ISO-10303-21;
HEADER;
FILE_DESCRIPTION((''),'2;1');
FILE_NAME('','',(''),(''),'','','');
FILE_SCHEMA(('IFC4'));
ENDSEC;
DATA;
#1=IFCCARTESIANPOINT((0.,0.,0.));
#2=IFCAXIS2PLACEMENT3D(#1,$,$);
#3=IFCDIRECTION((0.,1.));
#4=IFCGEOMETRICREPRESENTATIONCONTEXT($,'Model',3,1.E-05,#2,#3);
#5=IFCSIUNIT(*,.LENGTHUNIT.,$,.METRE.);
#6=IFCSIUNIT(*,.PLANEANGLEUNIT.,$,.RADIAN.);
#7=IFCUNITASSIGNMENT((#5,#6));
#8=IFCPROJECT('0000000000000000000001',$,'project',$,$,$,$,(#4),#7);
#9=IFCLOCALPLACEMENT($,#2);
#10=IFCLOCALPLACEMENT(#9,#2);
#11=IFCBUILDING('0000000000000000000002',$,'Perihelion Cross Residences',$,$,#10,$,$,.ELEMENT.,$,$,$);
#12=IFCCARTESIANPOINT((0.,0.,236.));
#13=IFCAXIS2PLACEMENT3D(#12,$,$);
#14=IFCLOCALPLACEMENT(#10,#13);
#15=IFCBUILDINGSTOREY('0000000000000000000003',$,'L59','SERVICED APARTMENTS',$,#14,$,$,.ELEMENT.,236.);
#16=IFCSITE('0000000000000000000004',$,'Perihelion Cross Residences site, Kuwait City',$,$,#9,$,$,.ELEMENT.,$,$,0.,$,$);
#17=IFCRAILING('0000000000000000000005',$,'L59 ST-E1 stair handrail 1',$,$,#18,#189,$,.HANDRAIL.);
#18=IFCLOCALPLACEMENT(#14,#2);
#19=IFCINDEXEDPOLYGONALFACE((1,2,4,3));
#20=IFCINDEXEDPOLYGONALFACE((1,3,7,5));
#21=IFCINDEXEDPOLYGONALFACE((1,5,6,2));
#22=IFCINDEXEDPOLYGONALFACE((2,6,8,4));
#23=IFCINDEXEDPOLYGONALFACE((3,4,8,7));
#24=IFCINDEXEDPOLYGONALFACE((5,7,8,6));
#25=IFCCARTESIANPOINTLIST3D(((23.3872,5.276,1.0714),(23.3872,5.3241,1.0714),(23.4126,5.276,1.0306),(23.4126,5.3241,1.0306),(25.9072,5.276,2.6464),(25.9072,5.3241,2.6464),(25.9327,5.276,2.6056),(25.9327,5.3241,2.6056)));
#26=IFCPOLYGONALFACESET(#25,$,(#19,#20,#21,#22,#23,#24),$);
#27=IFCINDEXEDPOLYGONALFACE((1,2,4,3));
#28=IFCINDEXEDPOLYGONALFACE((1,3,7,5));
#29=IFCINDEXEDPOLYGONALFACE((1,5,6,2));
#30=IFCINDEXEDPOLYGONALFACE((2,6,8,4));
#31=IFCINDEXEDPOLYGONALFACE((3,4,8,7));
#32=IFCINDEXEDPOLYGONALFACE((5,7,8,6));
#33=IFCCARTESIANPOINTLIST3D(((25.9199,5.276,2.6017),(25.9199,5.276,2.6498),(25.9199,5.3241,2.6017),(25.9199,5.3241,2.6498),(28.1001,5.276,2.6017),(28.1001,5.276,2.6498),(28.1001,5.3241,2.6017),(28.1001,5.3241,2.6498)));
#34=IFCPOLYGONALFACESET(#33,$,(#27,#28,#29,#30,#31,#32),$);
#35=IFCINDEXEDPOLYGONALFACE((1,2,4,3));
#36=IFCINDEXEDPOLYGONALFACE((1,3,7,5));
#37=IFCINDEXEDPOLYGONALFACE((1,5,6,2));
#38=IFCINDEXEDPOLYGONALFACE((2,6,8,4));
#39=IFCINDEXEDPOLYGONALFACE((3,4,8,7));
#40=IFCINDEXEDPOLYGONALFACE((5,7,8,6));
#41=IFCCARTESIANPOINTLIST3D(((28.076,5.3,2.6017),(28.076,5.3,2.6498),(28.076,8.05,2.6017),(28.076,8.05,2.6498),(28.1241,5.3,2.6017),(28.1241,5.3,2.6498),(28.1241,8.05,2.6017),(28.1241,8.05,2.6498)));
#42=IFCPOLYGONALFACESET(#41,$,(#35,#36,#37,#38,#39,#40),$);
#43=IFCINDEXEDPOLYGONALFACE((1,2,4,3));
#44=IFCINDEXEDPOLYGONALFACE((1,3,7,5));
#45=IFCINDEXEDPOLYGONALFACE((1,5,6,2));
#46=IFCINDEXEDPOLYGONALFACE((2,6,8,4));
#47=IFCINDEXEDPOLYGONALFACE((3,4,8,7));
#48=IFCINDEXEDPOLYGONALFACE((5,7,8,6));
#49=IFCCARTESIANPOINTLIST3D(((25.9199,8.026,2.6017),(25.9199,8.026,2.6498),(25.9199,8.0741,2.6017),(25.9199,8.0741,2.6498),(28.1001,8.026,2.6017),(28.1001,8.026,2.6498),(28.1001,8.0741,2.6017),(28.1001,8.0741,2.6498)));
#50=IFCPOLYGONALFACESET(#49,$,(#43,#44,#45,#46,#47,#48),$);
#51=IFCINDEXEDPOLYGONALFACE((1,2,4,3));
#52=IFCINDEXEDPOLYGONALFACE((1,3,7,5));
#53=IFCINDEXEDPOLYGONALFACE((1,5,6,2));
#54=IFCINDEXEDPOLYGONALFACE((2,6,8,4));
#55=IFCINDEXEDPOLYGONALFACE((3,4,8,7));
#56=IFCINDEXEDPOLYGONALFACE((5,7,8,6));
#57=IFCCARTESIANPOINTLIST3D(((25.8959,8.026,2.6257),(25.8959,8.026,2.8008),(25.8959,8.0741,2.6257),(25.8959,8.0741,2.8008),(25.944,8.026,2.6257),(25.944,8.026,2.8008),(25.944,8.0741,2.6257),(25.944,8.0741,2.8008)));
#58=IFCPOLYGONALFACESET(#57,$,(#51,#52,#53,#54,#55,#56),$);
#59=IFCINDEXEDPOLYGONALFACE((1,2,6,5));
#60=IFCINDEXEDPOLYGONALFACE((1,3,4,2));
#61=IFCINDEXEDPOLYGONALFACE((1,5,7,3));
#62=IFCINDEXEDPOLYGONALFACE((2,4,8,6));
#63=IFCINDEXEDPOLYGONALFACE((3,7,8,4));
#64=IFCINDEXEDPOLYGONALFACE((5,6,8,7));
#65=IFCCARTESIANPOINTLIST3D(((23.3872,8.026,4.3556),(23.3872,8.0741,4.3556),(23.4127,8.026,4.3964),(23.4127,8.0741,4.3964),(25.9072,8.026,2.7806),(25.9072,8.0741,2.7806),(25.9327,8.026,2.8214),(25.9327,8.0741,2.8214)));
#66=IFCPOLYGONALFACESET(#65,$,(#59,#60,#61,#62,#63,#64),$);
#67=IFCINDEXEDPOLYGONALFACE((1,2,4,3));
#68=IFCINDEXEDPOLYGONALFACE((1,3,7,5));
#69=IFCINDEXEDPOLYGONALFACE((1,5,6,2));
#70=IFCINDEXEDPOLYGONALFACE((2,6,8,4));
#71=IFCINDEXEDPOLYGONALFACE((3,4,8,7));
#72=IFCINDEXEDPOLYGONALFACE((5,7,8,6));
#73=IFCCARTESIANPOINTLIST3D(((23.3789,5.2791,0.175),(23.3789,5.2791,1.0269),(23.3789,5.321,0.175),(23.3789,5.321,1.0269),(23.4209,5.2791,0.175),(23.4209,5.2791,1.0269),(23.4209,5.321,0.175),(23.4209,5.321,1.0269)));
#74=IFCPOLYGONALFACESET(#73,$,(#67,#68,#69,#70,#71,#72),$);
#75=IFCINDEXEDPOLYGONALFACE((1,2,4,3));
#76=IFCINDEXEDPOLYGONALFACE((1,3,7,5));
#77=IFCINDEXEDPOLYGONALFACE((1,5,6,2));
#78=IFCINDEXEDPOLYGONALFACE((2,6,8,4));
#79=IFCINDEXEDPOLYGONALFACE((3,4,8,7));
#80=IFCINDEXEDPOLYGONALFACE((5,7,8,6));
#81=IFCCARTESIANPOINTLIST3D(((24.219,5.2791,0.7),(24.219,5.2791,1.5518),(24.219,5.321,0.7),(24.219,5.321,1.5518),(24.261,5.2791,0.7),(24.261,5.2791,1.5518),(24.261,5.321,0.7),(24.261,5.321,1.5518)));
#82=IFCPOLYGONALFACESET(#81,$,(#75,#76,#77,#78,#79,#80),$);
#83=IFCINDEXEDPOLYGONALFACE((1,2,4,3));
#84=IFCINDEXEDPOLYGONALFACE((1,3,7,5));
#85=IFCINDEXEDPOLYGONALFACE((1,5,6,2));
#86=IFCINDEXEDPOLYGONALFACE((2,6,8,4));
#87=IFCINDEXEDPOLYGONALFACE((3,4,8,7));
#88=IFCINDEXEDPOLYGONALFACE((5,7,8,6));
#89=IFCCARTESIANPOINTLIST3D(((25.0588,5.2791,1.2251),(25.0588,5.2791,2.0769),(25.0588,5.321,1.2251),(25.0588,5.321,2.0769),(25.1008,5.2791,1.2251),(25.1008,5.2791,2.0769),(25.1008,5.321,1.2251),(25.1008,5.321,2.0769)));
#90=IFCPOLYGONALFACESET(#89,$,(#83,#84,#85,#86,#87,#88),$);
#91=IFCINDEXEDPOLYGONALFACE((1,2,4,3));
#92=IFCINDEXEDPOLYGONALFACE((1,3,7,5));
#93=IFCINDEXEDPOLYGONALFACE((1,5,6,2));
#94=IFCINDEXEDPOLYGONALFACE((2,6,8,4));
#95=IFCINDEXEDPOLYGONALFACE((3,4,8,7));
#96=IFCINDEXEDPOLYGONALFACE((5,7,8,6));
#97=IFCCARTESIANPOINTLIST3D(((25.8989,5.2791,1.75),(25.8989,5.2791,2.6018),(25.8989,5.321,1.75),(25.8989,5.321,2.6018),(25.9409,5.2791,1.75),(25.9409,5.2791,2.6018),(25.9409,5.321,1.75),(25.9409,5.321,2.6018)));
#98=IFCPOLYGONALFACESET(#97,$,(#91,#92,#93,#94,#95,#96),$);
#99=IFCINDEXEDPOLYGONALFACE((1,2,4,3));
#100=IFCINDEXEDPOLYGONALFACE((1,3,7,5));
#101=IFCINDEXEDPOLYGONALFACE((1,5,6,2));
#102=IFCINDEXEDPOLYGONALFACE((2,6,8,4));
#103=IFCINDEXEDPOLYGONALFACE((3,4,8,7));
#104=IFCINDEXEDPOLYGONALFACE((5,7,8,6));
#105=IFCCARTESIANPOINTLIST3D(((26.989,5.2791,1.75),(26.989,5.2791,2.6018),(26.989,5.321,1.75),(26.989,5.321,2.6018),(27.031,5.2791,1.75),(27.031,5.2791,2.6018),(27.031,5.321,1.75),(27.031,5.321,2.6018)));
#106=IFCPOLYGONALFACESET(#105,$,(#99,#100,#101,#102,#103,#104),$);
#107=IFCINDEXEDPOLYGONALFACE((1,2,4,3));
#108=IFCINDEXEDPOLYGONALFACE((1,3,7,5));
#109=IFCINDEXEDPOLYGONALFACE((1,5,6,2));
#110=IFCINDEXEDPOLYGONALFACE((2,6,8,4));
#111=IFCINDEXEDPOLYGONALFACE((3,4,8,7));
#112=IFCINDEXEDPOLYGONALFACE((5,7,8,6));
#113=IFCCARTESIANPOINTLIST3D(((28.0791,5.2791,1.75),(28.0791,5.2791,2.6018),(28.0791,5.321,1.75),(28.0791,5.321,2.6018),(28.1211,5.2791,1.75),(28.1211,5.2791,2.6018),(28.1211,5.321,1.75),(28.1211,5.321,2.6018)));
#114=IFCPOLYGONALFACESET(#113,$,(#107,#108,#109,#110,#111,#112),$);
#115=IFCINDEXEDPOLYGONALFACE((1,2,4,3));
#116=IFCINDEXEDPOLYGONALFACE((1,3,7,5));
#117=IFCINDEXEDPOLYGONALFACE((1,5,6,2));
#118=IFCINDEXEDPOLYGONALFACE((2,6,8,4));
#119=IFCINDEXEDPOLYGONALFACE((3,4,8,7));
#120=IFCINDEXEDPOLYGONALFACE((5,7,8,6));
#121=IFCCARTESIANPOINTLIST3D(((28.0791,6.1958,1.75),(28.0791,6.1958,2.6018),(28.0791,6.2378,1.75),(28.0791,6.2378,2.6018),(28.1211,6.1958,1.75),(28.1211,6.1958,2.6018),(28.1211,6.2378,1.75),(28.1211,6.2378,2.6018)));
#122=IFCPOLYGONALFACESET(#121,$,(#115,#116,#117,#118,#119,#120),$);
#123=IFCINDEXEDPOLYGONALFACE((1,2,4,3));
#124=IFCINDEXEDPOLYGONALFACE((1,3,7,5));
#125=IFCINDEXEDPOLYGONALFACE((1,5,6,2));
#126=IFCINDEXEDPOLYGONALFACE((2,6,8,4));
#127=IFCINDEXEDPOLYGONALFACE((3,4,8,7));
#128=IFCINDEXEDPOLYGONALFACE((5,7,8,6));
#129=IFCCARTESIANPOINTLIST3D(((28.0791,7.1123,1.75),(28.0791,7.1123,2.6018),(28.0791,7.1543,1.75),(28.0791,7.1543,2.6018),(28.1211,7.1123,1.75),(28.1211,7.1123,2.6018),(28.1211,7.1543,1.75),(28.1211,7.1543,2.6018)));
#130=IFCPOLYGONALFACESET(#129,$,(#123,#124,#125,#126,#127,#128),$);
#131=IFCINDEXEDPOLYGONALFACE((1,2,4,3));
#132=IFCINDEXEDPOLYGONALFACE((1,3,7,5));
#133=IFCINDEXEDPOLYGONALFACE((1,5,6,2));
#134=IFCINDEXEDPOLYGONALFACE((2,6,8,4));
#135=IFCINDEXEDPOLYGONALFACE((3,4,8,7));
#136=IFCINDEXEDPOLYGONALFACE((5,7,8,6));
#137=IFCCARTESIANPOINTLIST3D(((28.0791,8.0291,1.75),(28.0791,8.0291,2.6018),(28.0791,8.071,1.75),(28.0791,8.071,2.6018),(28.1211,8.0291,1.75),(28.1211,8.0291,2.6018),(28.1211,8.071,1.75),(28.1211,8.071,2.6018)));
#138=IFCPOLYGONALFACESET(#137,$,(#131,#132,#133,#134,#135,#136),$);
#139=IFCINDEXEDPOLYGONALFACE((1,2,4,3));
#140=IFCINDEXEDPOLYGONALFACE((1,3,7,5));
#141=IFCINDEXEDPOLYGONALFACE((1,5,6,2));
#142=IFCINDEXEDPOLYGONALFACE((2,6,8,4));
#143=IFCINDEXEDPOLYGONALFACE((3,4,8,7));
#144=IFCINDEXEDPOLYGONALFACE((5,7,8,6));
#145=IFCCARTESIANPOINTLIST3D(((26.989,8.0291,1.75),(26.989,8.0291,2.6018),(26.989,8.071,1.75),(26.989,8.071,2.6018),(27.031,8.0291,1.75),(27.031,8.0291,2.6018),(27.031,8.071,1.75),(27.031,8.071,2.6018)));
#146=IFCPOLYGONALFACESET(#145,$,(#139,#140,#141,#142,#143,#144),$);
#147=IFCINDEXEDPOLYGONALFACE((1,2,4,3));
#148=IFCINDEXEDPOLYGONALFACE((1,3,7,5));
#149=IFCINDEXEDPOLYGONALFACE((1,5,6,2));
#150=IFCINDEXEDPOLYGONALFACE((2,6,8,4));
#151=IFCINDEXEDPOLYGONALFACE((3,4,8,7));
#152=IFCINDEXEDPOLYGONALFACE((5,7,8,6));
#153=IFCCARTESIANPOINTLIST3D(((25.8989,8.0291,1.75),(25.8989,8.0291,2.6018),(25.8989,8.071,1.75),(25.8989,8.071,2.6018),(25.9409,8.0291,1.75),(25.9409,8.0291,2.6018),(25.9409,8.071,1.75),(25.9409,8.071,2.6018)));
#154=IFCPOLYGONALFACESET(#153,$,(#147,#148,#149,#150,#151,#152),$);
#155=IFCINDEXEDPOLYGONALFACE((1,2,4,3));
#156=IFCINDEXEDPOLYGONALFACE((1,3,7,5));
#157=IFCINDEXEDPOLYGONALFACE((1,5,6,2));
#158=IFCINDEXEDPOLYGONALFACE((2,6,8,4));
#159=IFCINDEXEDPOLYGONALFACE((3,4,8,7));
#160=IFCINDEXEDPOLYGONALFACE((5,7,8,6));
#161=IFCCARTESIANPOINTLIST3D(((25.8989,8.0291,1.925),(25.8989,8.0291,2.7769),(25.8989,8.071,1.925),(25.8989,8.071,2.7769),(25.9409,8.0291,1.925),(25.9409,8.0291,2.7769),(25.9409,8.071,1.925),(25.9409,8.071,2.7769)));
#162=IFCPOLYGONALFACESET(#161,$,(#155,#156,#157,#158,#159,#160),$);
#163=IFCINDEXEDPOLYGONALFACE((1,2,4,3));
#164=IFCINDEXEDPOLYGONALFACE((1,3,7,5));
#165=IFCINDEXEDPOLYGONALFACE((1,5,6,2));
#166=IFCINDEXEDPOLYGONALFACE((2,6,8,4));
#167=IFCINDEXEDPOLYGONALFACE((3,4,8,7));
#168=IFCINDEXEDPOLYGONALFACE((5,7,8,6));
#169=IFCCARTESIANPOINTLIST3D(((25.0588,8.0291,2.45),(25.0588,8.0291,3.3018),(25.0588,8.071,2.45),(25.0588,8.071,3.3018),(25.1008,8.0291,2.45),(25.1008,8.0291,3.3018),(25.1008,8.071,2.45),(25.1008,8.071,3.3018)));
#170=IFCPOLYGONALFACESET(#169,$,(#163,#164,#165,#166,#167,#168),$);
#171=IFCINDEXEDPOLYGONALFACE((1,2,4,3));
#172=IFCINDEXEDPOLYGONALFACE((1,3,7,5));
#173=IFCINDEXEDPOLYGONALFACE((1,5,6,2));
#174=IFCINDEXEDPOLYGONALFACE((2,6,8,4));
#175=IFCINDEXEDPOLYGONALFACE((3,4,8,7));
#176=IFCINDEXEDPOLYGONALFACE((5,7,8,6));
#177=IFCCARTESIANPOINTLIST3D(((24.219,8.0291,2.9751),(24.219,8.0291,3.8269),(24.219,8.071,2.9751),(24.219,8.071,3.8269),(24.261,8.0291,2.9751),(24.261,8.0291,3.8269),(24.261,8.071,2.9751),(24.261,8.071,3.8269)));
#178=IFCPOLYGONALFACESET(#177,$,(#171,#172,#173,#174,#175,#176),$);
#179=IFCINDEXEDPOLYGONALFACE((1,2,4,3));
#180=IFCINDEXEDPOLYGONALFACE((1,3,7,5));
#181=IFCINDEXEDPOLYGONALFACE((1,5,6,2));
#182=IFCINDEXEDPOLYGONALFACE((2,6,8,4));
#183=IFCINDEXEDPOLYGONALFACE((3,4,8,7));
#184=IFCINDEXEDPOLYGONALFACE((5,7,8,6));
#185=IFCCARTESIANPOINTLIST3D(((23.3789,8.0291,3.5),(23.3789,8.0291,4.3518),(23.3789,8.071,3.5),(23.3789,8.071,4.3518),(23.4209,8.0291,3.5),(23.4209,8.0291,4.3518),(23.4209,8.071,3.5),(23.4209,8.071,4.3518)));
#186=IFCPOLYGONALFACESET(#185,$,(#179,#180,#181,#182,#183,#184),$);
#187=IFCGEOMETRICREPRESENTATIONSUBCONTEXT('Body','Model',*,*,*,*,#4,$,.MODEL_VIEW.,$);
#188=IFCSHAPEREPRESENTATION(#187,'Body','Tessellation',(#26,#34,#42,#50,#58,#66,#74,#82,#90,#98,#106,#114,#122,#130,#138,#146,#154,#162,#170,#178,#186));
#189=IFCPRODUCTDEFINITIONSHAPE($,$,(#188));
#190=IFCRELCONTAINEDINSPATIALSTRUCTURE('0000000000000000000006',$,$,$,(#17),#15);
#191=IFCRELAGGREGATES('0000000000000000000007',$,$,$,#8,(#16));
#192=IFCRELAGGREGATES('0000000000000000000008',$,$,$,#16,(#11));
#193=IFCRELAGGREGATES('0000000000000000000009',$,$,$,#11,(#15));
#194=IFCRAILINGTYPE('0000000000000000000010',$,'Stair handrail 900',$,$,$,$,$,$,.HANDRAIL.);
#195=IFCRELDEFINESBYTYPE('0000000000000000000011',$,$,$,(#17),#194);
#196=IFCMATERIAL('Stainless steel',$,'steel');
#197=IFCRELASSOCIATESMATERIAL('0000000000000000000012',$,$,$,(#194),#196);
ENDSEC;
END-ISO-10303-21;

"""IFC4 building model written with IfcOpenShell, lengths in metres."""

from ifc_helpers import new_model, si_unit, direction, frame, origin, origin_2d, place, context, subcontext, project, spatial, rectangle, extrude, material, type_object, element, save


model = new_model("IFC4")

# Units and contexts
model_context = context("Model", 3, precision=1e-05, world=origin(), true_north=direction((0.0, 1.0)))
body_context = subcontext(model_context, "Body", "Model", "MODEL_VIEW")
ifc_project = project(units=[si_unit("LENGTHUNIT", "METRE"), si_unit("PLANEANGLEUNIT", "RADIAN")], contexts=[model_context])

# Site, building, storey
site_placement = place(None, origin())
site = spatial("IfcSite", under=ifc_project, at=site_placement, Name="Perihelion Cross Residences site, Kuwait City", CompositionType="ELEMENT", RefElevation=0.0)
building_placement = place(site_placement, origin())
building = spatial("IfcBuilding", under=site, at=building_placement, Name="Perihelion Cross Residences", CompositionType="ELEMENT")
storey_placement = place(building_placement, frame((0.0, 0.0, 236.0)))
storey = spatial("IfcBuildingStorey", under=building, at=storey_placement, Name="L59", Description="SERVICED APARTMENTS", CompositionType="ELEMENT", Elevation=236.0)

# Railing
ifc_material_1 = material(Name="Stainless steel", Category="steel")
railing_type_1 = type_object("IfcRailingType", Name="Stair handrail 900", PredefinedType="HANDRAIL", material=ifc_material_1)
railing_1_placement = place(storey_placement, frame((23.3999, 5.3, 0.175)))
element("IfcRailing", 1, at=railing_1_placement, inside=storey, type_object=railing_type_1, Name="L59 ST-E1 stair handrail 1", PredefinedType="HANDRAIL", context=body_context, shape_type="SweptSolid", body=[
    extrude(rectangle(XDim=0.0481, YDim=0.0481, at=origin_2d()), frame((0.0, 0.0, 0.876), z_axis=(0.848008, 0.0, 0.529984), x_axis=(0.0, 1.0, 0.0)), (0.0, 0.0, 1.0), 2.9717),
    extrude(rectangle(XDim=0.0481, YDim=0.0481, at=origin_2d()), frame((2.52, 0.0, 2.4507), z_axis=(1.0, 0.0, 0.0), x_axis=(0.0, 1.0, 0.0)), (0.0, 0.0, 1.0), 2.1802),
    extrude(rectangle(XDim=0.0481, YDim=0.0481, at=origin_2d()), frame((4.7002, 0.0, 2.4507), z_axis=(0.0, 1.0, 0.0), x_axis=(-1.0, 0.0, 0.0)), (0.0, 0.0, 1.0), 2.75),
    extrude(rectangle(XDim=0.0481, YDim=0.0481, at=origin_2d()), frame((4.7002, 2.75, 2.4507), z_axis=(-1.0, 0.0, 0.0), x_axis=(0.0, -1.0, 0.0)), (0.0, 0.0, 1.0), 2.1802),
    extrude(rectangle(XDim=0.0481, YDim=0.0481, at=origin_2d()), frame((2.52, 2.75, 2.4507), z_axis=(0.0, 0.0, 1.0), x_axis=(1.0, 0.0, 0.0)), (0.0, 0.0, 1.0), 0.175),
    extrude(rectangle(XDim=0.0481, YDim=0.0481, at=origin_2d()), frame((2.52, 2.75, 2.626), z_axis=(-0.848008, 0.0, 0.529984), x_axis=(0.0, -1.0, 0.0)), (0.0, 0.0, 1.0), 2.9717),
    extrude(rectangle(XDim=0.042, YDim=0.042, at=origin_2d()), origin(), (0.0, 0.0, 1.0), 0.8518),
    extrude(rectangle(XDim=0.042, YDim=0.042, at=origin_2d()), frame((0.8401, 0.0, 0.5249)), (0.0, 0.0, 1.0), 0.8518),
    extrude(rectangle(XDim=0.042, YDim=0.042, at=origin_2d()), frame((1.6799, 0.0, 1.05)), (0.0, 0.0, 1.0), 0.8518),
    extrude(rectangle(XDim=0.042, YDim=0.042, at=origin_2d()), frame((2.52, 0.0, 1.575)), (0.0, 0.0, 1.0), 0.8518),
    extrude(rectangle(XDim=0.042, YDim=0.042, at=origin_2d()), frame((3.6101, 0.0, 1.575)), (0.0, 0.0, 1.0), 0.8518),
    extrude(rectangle(XDim=0.042, YDim=0.042, at=origin_2d()), frame((4.7002, 0.0, 1.575)), (0.0, 0.0, 1.0), 0.8518),
    extrude(rectangle(XDim=0.042, YDim=0.042, at=origin_2d()), frame((4.7002, 0.9167, 1.575)), (0.0, 0.0, 1.0), 0.8518),
    extrude(rectangle(XDim=0.042, YDim=0.042, at=origin_2d()), frame((4.7002, 1.8333, 1.575)), (0.0, 0.0, 1.0), 0.8518),
    extrude(rectangle(XDim=0.042, YDim=0.042, at=origin_2d()), frame((4.7002, 2.75, 1.575)), (0.0, 0.0, 1.0), 0.8518),
    extrude(rectangle(XDim=0.042, YDim=0.042, at=origin_2d()), frame((3.6101, 2.75, 1.575)), (0.0, 0.0, 1.0), 0.8518),
    extrude(rectangle(XDim=0.042, YDim=0.042, at=origin_2d()), frame((2.52, 2.75, 1.575)), (0.0, 0.0, 1.0), 0.8518),
    extrude(rectangle(XDim=0.042, YDim=0.042, at=origin_2d()), frame((2.52, 2.75, 1.75)), (0.0, 0.0, 1.0), 0.8518),
    extrude(rectangle(XDim=0.042, YDim=0.042, at=origin_2d()), frame((1.6799, 2.75, 2.2749)), (0.0, 0.0, 1.0), 0.8518),
    extrude(rectangle(XDim=0.042, YDim=0.042, at=origin_2d()), frame((0.8401, 2.75, 2.8)), (0.0, 0.0, 1.0), 0.8518),
    extrude(rectangle(XDim=0.042, YDim=0.042, at=origin_2d()), frame((0.0, 2.75, 3.325)), (0.0, 0.0, 1.0), 0.8518),
])

save(model, "model.ifc")
